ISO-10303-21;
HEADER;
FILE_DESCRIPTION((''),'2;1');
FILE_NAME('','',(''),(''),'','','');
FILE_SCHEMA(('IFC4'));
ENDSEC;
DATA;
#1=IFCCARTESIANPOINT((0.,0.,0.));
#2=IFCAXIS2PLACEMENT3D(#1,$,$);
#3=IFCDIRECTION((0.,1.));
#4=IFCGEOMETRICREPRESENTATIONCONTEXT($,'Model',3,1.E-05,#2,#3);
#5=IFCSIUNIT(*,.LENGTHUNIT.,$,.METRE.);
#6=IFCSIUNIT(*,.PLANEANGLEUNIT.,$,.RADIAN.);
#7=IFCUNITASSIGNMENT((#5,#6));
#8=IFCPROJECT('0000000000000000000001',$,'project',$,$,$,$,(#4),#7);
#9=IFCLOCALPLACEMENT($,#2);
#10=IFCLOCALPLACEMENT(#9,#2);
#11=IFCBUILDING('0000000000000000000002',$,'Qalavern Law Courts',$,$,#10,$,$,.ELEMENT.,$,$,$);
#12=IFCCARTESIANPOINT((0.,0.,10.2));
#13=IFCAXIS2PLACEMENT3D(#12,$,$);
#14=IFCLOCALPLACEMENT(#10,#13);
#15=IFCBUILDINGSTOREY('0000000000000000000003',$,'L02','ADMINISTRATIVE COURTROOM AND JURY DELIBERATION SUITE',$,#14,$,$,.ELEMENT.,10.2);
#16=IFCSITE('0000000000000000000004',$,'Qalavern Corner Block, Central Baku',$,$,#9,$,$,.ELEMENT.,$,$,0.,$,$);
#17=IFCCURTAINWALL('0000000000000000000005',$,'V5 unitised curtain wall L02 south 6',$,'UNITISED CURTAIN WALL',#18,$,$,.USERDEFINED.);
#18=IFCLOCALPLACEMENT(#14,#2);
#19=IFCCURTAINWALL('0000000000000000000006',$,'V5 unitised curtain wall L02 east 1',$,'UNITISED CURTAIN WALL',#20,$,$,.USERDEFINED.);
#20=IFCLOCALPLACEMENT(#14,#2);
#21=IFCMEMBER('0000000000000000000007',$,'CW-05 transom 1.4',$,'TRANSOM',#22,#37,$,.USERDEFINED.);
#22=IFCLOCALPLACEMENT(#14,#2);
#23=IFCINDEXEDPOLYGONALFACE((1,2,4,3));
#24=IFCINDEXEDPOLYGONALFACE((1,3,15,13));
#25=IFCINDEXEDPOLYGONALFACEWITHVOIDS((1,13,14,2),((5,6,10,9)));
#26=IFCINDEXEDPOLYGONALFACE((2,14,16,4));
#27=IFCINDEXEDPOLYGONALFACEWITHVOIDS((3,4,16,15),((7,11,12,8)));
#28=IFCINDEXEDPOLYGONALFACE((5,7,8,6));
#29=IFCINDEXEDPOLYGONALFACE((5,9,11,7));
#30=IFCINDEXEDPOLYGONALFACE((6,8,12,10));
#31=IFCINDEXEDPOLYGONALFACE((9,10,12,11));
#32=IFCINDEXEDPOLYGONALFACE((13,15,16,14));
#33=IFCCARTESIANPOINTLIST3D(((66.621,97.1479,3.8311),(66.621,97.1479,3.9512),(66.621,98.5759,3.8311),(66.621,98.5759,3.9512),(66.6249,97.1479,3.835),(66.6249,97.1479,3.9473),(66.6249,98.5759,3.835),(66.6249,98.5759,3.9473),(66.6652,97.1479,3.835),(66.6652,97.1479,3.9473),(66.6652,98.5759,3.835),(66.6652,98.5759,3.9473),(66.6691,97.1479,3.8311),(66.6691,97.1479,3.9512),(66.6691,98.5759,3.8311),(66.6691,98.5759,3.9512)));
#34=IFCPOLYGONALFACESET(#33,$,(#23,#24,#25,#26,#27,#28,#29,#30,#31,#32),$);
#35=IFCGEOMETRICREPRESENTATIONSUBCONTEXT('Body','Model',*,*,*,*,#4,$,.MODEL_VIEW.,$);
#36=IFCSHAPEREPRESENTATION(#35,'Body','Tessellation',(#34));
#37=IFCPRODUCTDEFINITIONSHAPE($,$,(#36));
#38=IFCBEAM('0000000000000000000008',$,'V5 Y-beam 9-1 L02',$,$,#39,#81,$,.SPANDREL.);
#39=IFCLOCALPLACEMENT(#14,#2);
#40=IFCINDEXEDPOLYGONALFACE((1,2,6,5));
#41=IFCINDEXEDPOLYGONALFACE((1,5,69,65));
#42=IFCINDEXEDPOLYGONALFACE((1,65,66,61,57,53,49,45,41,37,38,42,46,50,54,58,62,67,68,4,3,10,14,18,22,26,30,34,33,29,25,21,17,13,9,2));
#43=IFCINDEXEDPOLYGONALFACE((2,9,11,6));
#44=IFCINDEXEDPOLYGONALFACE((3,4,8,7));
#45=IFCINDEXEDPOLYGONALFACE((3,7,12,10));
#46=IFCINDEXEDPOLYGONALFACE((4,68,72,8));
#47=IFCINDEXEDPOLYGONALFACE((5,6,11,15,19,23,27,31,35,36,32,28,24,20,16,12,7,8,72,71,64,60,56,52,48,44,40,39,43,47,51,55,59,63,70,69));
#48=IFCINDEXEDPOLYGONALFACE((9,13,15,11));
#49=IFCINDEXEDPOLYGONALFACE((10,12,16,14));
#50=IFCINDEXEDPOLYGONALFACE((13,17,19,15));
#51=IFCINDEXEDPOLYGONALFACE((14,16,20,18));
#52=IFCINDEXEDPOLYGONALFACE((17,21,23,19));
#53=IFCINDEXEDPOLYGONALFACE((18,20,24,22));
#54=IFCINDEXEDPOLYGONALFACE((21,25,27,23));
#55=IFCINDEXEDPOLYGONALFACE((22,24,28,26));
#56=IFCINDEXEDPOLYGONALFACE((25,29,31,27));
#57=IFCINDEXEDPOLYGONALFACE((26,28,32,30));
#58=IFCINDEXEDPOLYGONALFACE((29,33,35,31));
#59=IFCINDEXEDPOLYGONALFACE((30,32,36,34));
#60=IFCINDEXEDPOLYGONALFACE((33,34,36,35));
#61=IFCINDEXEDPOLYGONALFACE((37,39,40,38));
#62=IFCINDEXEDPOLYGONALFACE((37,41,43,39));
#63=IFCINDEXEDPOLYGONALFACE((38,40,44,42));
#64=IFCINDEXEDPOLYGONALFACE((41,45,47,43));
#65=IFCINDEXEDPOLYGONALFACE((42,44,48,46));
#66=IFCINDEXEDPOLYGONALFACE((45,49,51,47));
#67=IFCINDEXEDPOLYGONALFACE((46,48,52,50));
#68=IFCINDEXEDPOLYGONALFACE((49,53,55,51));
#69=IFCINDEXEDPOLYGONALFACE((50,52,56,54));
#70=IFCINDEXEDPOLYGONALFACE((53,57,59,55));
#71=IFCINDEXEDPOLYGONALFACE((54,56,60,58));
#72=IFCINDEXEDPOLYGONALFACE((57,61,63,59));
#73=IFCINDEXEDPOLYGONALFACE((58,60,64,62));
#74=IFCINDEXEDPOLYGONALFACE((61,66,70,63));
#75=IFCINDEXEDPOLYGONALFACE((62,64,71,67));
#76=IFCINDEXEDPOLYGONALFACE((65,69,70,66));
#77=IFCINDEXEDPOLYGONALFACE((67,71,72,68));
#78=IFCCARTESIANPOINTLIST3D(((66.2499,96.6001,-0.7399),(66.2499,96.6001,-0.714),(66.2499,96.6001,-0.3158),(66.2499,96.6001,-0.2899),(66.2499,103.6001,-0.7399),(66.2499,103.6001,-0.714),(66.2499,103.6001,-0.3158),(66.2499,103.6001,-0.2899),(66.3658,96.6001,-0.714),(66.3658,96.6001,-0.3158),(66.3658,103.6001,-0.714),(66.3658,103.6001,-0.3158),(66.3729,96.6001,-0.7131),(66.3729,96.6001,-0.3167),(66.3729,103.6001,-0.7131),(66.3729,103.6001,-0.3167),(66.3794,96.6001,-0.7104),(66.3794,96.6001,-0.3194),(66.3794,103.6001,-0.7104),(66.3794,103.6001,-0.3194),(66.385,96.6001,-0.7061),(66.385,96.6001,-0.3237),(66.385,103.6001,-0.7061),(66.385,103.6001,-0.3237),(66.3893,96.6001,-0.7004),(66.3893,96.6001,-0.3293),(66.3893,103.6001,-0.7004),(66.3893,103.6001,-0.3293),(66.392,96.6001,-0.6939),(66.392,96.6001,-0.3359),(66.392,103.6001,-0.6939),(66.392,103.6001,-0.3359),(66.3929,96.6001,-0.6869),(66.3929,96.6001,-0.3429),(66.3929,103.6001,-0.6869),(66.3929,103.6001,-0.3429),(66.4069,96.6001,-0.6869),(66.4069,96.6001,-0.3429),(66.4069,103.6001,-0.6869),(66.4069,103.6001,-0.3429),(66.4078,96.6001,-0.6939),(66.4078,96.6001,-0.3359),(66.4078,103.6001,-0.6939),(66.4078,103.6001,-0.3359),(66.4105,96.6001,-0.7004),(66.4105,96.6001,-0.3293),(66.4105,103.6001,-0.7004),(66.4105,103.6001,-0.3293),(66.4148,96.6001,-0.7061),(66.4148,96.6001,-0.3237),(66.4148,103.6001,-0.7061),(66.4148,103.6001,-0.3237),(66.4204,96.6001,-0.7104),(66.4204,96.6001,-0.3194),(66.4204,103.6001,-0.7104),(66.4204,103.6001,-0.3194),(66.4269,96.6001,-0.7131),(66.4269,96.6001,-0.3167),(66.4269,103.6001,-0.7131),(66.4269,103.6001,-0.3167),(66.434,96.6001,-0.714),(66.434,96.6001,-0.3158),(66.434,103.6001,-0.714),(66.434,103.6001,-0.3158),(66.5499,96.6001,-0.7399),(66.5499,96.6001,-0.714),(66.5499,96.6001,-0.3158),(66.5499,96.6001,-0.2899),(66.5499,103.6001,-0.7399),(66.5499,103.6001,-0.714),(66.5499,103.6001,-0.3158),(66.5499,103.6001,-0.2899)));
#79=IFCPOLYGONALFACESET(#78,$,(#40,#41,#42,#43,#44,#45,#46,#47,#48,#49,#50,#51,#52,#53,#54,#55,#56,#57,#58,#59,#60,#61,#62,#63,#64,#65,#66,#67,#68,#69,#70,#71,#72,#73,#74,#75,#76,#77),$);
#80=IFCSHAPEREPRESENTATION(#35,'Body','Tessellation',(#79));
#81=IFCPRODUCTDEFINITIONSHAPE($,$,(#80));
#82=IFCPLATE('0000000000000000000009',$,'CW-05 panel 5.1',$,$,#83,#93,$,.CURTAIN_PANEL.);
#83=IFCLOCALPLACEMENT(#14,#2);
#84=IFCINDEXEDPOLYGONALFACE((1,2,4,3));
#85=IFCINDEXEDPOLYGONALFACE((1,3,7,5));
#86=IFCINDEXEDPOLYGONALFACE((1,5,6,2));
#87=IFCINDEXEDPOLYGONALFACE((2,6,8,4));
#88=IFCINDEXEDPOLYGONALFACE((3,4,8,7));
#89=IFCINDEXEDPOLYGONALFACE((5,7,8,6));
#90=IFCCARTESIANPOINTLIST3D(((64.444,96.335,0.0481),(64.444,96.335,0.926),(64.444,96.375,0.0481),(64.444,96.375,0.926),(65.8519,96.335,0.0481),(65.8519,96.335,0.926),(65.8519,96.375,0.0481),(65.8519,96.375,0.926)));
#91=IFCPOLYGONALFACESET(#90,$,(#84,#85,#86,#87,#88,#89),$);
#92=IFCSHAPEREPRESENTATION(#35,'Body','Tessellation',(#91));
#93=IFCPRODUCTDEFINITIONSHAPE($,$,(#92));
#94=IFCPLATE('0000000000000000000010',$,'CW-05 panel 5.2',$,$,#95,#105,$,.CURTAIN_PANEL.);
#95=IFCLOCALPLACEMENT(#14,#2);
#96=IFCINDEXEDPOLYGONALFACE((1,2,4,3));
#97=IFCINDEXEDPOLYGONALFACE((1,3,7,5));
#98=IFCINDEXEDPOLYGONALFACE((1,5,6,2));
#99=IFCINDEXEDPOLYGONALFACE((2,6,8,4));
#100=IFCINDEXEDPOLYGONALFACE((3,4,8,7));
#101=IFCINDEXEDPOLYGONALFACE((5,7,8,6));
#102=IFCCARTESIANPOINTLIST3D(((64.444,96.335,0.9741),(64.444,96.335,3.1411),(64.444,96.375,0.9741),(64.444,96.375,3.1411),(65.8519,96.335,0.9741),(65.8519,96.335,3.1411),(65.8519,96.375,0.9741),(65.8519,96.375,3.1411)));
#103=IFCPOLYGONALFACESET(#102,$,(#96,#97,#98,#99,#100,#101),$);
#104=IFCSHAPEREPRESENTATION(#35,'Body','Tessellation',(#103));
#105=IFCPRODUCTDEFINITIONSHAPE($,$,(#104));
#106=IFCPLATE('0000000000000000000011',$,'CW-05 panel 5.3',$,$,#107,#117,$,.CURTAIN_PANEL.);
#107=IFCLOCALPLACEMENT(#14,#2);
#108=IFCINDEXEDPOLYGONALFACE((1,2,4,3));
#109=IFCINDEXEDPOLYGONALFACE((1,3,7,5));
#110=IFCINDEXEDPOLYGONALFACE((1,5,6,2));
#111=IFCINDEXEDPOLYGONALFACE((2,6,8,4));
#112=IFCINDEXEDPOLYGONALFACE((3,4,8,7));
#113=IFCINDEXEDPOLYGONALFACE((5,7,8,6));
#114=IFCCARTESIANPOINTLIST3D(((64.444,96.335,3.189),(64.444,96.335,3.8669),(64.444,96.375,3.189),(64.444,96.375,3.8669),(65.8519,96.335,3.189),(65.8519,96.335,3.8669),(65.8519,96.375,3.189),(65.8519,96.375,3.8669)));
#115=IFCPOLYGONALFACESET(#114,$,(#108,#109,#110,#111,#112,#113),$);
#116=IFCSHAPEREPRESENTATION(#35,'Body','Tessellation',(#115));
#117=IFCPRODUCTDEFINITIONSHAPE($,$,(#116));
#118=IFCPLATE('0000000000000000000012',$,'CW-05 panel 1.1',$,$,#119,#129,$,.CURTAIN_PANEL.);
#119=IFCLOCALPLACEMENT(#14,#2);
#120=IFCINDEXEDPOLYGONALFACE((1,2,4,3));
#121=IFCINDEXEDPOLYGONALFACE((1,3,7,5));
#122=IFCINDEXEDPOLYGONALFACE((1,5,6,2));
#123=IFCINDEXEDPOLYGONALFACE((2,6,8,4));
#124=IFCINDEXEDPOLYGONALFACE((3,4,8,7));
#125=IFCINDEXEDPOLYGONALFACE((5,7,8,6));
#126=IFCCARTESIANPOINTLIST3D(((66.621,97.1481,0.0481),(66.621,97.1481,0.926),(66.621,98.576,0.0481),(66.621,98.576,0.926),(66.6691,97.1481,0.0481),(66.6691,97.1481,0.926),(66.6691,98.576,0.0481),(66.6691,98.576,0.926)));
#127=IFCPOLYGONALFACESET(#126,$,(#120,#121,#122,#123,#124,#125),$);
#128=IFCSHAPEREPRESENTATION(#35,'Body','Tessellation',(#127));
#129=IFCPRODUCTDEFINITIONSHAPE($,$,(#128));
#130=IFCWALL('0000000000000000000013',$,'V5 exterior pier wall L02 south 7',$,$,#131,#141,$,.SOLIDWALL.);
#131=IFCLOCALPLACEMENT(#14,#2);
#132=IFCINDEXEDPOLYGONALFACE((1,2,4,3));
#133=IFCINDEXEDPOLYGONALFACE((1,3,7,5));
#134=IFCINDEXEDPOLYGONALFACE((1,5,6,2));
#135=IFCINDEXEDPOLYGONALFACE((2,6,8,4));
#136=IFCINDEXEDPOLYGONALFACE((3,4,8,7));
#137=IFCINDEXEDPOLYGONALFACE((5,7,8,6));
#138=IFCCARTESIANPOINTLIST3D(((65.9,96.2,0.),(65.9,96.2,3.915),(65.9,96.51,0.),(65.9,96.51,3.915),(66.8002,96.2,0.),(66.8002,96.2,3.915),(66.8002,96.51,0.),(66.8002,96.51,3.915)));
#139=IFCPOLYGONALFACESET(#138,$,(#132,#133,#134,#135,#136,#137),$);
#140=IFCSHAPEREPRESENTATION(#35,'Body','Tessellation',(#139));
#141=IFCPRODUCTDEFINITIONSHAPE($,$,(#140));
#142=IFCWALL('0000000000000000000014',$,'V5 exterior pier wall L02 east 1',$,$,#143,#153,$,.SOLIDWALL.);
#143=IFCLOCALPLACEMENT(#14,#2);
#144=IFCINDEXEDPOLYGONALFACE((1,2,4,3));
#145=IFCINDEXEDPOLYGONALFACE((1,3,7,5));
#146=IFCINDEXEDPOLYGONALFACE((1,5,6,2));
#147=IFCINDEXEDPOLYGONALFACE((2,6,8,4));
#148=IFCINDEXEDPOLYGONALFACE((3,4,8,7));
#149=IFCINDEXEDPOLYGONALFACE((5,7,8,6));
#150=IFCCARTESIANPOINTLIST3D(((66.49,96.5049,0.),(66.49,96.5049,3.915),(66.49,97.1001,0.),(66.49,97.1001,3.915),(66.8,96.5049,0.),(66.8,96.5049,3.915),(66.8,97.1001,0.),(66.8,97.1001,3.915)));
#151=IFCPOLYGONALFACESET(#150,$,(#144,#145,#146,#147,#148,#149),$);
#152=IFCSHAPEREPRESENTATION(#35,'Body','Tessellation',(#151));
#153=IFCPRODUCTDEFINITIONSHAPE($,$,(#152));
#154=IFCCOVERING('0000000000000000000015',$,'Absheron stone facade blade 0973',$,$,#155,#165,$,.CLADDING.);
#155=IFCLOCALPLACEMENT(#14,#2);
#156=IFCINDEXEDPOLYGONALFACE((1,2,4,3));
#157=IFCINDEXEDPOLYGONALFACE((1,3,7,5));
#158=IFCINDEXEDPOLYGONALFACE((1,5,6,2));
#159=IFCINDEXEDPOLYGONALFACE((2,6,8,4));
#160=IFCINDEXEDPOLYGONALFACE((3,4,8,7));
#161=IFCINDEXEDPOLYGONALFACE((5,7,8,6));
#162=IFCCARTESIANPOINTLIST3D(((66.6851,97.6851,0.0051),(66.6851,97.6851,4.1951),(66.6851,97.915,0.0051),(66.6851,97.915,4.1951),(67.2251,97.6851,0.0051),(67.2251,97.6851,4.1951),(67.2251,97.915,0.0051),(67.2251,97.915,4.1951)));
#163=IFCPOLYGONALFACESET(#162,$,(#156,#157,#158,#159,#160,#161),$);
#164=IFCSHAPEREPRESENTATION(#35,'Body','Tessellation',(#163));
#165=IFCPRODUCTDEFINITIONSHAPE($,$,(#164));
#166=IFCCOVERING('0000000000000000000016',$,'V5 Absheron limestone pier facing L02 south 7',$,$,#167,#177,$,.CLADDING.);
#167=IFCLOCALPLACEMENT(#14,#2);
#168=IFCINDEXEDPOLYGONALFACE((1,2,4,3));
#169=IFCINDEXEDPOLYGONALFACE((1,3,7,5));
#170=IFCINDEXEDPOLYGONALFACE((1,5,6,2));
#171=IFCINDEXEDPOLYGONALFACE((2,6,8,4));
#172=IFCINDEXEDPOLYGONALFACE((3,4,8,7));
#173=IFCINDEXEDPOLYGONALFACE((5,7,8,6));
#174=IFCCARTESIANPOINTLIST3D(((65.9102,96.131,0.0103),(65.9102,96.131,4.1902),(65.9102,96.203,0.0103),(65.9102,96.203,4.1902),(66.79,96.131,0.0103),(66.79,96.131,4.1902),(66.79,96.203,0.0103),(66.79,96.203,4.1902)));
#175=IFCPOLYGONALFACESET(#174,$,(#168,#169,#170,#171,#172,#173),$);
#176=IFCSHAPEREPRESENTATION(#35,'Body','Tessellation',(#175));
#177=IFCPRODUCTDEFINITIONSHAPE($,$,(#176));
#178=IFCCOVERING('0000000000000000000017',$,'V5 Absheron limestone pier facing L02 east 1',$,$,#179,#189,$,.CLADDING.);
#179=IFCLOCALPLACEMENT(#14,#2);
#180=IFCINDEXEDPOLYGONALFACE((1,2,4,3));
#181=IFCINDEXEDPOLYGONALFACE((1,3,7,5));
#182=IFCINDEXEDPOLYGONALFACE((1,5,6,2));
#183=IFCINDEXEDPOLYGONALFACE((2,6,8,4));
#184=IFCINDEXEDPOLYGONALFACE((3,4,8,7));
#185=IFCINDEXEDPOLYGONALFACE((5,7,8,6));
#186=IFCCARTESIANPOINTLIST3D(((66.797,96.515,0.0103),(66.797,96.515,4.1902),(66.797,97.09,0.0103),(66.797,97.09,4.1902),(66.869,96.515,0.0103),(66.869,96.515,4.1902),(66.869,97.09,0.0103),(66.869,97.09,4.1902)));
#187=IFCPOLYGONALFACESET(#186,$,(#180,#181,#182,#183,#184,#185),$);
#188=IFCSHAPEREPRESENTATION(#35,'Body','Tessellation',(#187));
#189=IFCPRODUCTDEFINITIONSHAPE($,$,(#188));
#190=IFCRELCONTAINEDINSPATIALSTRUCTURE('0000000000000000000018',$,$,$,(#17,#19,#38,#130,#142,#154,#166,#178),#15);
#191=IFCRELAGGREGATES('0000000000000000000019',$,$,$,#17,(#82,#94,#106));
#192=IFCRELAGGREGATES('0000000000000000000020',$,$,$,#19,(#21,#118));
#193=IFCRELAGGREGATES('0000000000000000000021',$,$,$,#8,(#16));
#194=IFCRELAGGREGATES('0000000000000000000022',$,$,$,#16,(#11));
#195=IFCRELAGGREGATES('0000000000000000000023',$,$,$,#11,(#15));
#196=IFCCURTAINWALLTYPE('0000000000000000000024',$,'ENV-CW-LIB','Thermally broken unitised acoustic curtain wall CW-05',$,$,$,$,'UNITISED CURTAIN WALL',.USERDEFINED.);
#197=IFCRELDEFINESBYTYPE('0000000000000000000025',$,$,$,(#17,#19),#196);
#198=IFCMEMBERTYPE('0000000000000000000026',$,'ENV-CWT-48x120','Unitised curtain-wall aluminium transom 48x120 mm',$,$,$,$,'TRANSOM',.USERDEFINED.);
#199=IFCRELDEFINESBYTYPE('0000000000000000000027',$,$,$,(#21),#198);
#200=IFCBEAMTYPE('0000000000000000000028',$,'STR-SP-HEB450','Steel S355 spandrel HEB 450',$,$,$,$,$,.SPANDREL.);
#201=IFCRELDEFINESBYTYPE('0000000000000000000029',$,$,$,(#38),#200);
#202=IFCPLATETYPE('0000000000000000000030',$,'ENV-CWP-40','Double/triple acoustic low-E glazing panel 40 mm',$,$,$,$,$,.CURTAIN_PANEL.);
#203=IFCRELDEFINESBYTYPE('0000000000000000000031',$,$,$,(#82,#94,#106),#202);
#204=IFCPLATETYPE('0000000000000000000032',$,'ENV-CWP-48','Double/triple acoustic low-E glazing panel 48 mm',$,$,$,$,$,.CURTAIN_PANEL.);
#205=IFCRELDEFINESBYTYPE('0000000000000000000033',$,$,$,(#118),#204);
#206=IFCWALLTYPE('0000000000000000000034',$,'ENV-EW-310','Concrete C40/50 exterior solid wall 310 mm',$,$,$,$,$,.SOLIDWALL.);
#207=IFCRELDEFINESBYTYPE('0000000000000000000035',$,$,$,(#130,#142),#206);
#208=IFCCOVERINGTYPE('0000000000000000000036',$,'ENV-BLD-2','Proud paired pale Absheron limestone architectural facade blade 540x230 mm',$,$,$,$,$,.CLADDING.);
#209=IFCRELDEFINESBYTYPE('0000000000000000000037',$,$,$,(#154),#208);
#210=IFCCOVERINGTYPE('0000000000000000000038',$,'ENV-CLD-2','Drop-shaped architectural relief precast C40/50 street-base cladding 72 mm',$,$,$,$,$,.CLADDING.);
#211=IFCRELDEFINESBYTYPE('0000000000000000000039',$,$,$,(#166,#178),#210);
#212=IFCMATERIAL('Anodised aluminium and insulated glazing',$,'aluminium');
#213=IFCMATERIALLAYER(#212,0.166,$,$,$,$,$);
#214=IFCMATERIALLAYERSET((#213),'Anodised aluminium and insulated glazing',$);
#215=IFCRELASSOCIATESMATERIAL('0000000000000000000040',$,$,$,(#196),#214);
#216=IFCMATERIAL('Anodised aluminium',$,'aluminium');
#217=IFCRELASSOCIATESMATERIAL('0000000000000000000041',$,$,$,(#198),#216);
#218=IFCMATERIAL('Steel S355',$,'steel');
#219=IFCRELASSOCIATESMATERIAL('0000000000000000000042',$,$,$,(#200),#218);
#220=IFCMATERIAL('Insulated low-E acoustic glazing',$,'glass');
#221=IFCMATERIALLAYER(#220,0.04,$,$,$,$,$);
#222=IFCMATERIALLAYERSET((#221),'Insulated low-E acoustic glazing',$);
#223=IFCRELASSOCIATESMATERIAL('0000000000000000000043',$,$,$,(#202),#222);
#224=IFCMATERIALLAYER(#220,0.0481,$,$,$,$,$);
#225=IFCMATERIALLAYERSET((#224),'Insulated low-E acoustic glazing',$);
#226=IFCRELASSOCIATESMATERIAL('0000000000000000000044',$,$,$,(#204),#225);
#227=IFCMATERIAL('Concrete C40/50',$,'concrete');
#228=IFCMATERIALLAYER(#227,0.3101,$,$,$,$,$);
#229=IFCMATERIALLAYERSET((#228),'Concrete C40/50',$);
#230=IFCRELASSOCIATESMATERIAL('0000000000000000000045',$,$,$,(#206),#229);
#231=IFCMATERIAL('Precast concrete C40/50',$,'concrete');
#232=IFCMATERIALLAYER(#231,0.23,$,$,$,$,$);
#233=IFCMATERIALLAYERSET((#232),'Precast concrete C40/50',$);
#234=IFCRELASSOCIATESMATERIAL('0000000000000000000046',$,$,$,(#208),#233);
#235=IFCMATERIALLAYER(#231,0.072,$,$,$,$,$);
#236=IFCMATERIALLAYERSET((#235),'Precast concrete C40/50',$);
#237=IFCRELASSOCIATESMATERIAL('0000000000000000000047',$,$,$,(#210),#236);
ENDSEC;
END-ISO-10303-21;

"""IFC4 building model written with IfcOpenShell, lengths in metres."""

from ifc_helpers import new_model, si_unit, direction, frame, frame_2d, origin, origin_2d, place, context, subcontext, project, spatial, rectangle, hollow_rectangle, i_section, extrude, material, layer, layer_set, material_profile, profile_set, type_object, element, aggregate, save


model = new_model("IFC4")

# Units and contexts
model_context = context("Model", 3, precision=1e-05, world=origin(), true_north=direction((0.0, 1.0)))
body_context = subcontext(model_context, "Body", "Model", "MODEL_VIEW")
ifc_project = project(units=[si_unit("LENGTHUNIT", "METRE"), si_unit("PLANEANGLEUNIT", "RADIAN")], contexts=[model_context])

# Site, building, storey
site_placement = place(None, origin())
site = spatial("IfcSite", under=ifc_project, at=site_placement, Name="Qalavern Corner Block, Central Baku", CompositionType="ELEMENT", RefElevation=0.0)
building_placement = place(site_placement, origin())
building = spatial("IfcBuilding", under=site, at=building_placement, Name="Qalavern Law Courts", CompositionType="ELEMENT")
storey_placement = place(building_placement, frame((0.0, 0.0, 10.2)))
storey = spatial("IfcBuildingStorey", under=building, at=storey_placement, Name="L02", Description="ADMINISTRATIVE COURTROOM AND JURY DELIBERATION SUITE", CompositionType="ELEMENT", Elevation=10.2)

# Curtain wall
ifc_material_1 = material(Name="Anodised aluminium and insulated glazing", Category="aluminium")
ifc_layer_1 = layer(ifc_material_1, 0.166)
ifc_layer_set_1 = layer_set([ifc_layer_1], Name="Anodised aluminium and insulated glazing")
curtain_wall_type = type_object("IfcCurtainWallType", Name="ENV-CW-LIB", Description="Thermally broken unitised acoustic curtain wall CW-05", ElementType="UNITISED CURTAIN WALL", PredefinedType="USERDEFINED", material=ifc_layer_set_1)
curtain_wall_1_placement = place(storey_placement, origin())
curtain_wall_1 = element("IfcCurtainWall", 1, at=curtain_wall_1_placement, inside=storey, type_object=curtain_wall_type, Name="V5 unitised curtain wall L02 south 6", ObjectType="UNITISED CURTAIN WALL", PredefinedType="USERDEFINED")
ifc_material_2 = material(Name="Anodised aluminium", Category="aluminium")

# Curtain wall
curtain_wall_2_placement = place(storey_placement, origin())
curtain_wall_2 = element("IfcCurtainWall", 2, at=curtain_wall_2_placement, inside=storey, type_object=curtain_wall_type, Name="V5 unitised curtain wall L02 east 1", ObjectType="UNITISED CURTAIN WALL", PredefinedType="USERDEFINED")

# Member
ifc_material_profile_1 = material_profile(ifc_material_2, hollow_rectangle(XDim=0.0481, YDim=0.1201, WallThickness=0.0039, at=origin_2d()), Name="ALU TRANSOM 48x120")
ifc_profile_set_1 = profile_set([ifc_material_profile_1], Name="Anodised aluminium")
member_type_1 = type_object("IfcMemberType", Name="ENV-CWT-48x120", Description="Unitised curtain-wall aluminium transom 48x120 mm", ElementType="TRANSOM", PredefinedType="USERDEFINED", material=ifc_profile_set_1)
member_1_placement = place(storey_placement, frame((66.645, 97.1479, 3.8911), z_axis=(0.0, 1.0, 0.0), x_axis=(-1.0, 0.0, 0.0)))
member_1 = element("IfcMember", 3, at=member_1_placement, type_object=member_type_1, Name="CW-05 transom 1.4", ObjectType="TRANSOM", PredefinedType="USERDEFINED", context=body_context, shape_type="SweptSolid", body=[
    extrude(hollow_rectangle(XDim=0.0481, YDim=0.1201, WallThickness=0.0039, at=origin_2d()), origin(), (0.0, 0.0, 1.0), 1.428),
])

# Beam
ifc_material_3 = material(Name="Steel S355", Category="steel")
ifc_material_profile_2 = material_profile(ifc_material_3, i_section(OverallWidth=0.3, OverallDepth=0.45, WebThickness=0.0139, FlangeThickness=0.0259, FilletRadius=0.0271, at=origin_2d()), Name="HEB 450")
ifc_profile_set_2 = profile_set([ifc_material_profile_2], Name="Steel S355")
beam_type = type_object("IfcBeamType", Name="STR-SP-HEB450", Description="Steel S355 spandrel HEB 450", PredefinedType="SPANDREL", material=ifc_profile_set_2)
beam_placement = place(storey_placement, frame((66.3999, 96.6001, -0.5149), z_axis=(0.0, 1.0, 0.0), x_axis=(-1.0, 0.0, 0.0)))
element("IfcBeam", 4, at=beam_placement, inside=storey, type_object=beam_type, Name="V5 Y-beam 9-1 L02", PredefinedType="SPANDREL", context=body_context, shape_type="SweptSolid", body=[
    extrude(i_section(OverallWidth=0.3, OverallDepth=0.45, WebThickness=0.0139, FlangeThickness=0.0259, FilletRadius=0.0271, at=origin_2d()), origin(), (0.0, 0.0, 1.0), 7.0),
])

# Plates
ifc_material_4 = material(Name="Insulated low-E acoustic glazing", Category="glass")
ifc_layer_2 = layer(ifc_material_4, 0.04)
ifc_layer_set_2 = layer_set([ifc_layer_2], Name="Insulated low-E acoustic glazing")
plate_type_1 = type_object("IfcPlateType", Name="ENV-CWP-40", Description="Double/triple acoustic low-E glazing panel 40 mm", PredefinedType="CURTAIN_PANEL", material=ifc_layer_set_2)
plate_1_placement = place(storey_placement, frame((65.1479, 96.355, 0.0481), z_axis=(0.0, 0.0, 1.0), x_axis=(1.0, 0.0, 0.0)))
plate_1 = element("IfcPlate", 5, at=plate_1_placement, type_object=plate_type_1, Name="CW-05 panel 5.1", PredefinedType="CURTAIN_PANEL", context=body_context, shape_type="SweptSolid", body=[
    extrude(rectangle(XDim=1.408, YDim=0.04, at=origin_2d()), origin(), (0.0, 0.0, 1.0), 0.8779),
])
plate_2_placement = place(storey_placement, frame((65.1479, 96.355, 0.9741), z_axis=(0.0, 0.0, 1.0), x_axis=(1.0, 0.0, 0.0)))
plate_2 = element("IfcPlate", 6, at=plate_2_placement, type_object=plate_type_1, Name="CW-05 panel 5.2", PredefinedType="CURTAIN_PANEL", context=body_context, shape_type="SweptSolid", body=[
    extrude(rectangle(XDim=1.408, YDim=0.04, at=origin_2d()), origin(), (0.0, 0.0, 1.0), 2.167),
])
plate_3_placement = place(storey_placement, frame((65.1479, 96.355, 3.189), z_axis=(0.0, 0.0, 1.0), x_axis=(1.0, 0.0, 0.0)))
plate_3 = element("IfcPlate", 7, at=plate_3_placement, type_object=plate_type_1, Name="CW-05 panel 5.3", PredefinedType="CURTAIN_PANEL", context=body_context, shape_type="SweptSolid", body=[
    extrude(rectangle(XDim=1.408, YDim=0.04, at=origin_2d()), origin(), (0.0, 0.0, 1.0), 0.678),
])
aggregate(curtain_wall_1, [plate_1, plate_2, plate_3])
ifc_layer_3 = layer(ifc_material_4, 0.0481)
ifc_layer_set_3 = layer_set([ifc_layer_3], Name="Insulated low-E acoustic glazing")
plate_type_2 = type_object("IfcPlateType", Name="ENV-CWP-48", Description="Double/triple acoustic low-E glazing panel 48 mm", PredefinedType="CURTAIN_PANEL", material=ifc_layer_set_3)
plate_4_placement = place(storey_placement, frame((66.645, 97.8621, 0.0481), z_axis=(0.0, 0.0, 1.0), x_axis=(0.0, 1.0, 0.0)))
plate_4 = element("IfcPlate", 8, at=plate_4_placement, type_object=plate_type_2, Name="CW-05 panel 1.1", PredefinedType="CURTAIN_PANEL", context=body_context, shape_type="SweptSolid", body=[
    extrude(rectangle(XDim=1.428, YDim=0.0481, at=origin_2d()), origin(), (0.0, 0.0, 1.0), 0.8779),
])
aggregate(curtain_wall_2, [member_1, plate_4])

# Walls
ifc_material_5 = material(Name="Concrete C40/50", Category="concrete")
ifc_layer_4 = layer(ifc_material_5, 0.3101)
ifc_layer_set_4 = layer_set([ifc_layer_4], Name="Concrete C40/50")
wall_type = type_object("IfcWallType", Name="ENV-EW-310", Description="Concrete C40/50 exterior solid wall 310 mm", PredefinedType="SOLIDWALL", material=ifc_layer_set_4)
wall_1_placement = place(storey_placement, frame((65.8999, 96.355, 0.0), z_axis=(0.0, 0.0, 1.0), x_axis=(1.0, 0.0, 0.0)))
element("IfcWall", 9, at=wall_1_placement, inside=storey, type_object=wall_type, Name="V5 exterior pier wall L02 south 7", PredefinedType="SOLIDWALL", context=body_context, shape_type="SweptSolid", body=[
    extrude(rectangle(XDim=0.9001, YDim=0.3101, at=frame_2d((0.4502, 0.0))), origin(), (0.0, 0.0, 1.0), 3.915),
])
wall_2_placement = place(storey_placement, frame((66.645, 96.5049, 0.0), z_axis=(0.0, 0.0, 1.0), x_axis=(0.0, 1.0, 0.0)))
element("IfcWall", 10, at=wall_2_placement, inside=storey, type_object=wall_type, Name="V5 exterior pier wall L02 east 1", PredefinedType="SOLIDWALL", context=body_context, shape_type="SweptSolid", body=[
    extrude(rectangle(XDim=0.5952, YDim=0.3101, at=frame_2d((0.2976, 0.0))), origin(), (0.0, 0.0, 1.0), 3.915),
])

# Coverings
ifc_material_6 = material(Name="Precast concrete C40/50", Category="concrete")
ifc_layer_5 = layer(ifc_material_6, 0.23)
ifc_layer_set_5 = layer_set([ifc_layer_5], Name="Precast concrete C40/50")
covering_type_1 = type_object("IfcCoveringType", Name="ENV-BLD-2", Description="Proud paired pale Absheron limestone architectural facade blade 540x230 mm", PredefinedType="CLADDING", material=ifc_layer_set_5)
covering_1_placement = place(storey_placement, frame((66.9551, 97.8, 0.0051), z_axis=(0.0, 0.0, 1.0), x_axis=(1.0, 0.0, 0.0)))
element("IfcCovering", 11, at=covering_1_placement, inside=storey, type_object=covering_type_1, Name="Absheron stone facade blade 0973", PredefinedType="CLADDING", context=body_context, shape_type="SweptSolid", body=[
    extrude(rectangle(XDim=0.54, YDim=0.23, at=origin_2d()), origin(), (0.0, 0.0, 1.0), 4.1899),
])
ifc_layer_6 = layer(ifc_material_6, 0.072)
ifc_layer_set_6 = layer_set([ifc_layer_6], Name="Precast concrete C40/50")
covering_type_2 = type_object("IfcCoveringType", Name="ENV-CLD-2", Description="Drop-shaped architectural relief precast C40/50 street-base cladding 72 mm", PredefinedType="CLADDING", material=ifc_layer_set_6)
covering_2_placement = place(storey_placement, frame((66.3501, 96.167, 0.0103), z_axis=(0.0, 0.0, 1.0), x_axis=(1.0, 0.0, 0.0)))
element("IfcCovering", 12, at=covering_2_placement, inside=storey, type_object=covering_type_2, Name="V5 Absheron limestone pier facing L02 south 7", PredefinedType="CLADDING", context=body_context, shape_type="SweptSolid", body=[
    extrude(rectangle(XDim=0.8799, YDim=0.072, at=origin_2d()), origin(), (0.0, 0.0, 1.0), 4.1799),
])
covering_3_placement = place(storey_placement, frame((66.833, 96.8025, 0.0103), z_axis=(0.0, 0.0, 1.0), x_axis=(0.0, 1.0, 0.0)))
element("IfcCovering", 13, at=covering_3_placement, inside=storey, type_object=covering_type_2, Name="V5 Absheron limestone pier facing L02 east 1", PredefinedType="CLADDING", context=body_context, shape_type="SweptSolid", body=[
    extrude(rectangle(XDim=0.575, YDim=0.072, at=origin_2d()), origin(), (0.0, 0.0, 1.0), 4.1799),
])

save(model, "model.ifc")
